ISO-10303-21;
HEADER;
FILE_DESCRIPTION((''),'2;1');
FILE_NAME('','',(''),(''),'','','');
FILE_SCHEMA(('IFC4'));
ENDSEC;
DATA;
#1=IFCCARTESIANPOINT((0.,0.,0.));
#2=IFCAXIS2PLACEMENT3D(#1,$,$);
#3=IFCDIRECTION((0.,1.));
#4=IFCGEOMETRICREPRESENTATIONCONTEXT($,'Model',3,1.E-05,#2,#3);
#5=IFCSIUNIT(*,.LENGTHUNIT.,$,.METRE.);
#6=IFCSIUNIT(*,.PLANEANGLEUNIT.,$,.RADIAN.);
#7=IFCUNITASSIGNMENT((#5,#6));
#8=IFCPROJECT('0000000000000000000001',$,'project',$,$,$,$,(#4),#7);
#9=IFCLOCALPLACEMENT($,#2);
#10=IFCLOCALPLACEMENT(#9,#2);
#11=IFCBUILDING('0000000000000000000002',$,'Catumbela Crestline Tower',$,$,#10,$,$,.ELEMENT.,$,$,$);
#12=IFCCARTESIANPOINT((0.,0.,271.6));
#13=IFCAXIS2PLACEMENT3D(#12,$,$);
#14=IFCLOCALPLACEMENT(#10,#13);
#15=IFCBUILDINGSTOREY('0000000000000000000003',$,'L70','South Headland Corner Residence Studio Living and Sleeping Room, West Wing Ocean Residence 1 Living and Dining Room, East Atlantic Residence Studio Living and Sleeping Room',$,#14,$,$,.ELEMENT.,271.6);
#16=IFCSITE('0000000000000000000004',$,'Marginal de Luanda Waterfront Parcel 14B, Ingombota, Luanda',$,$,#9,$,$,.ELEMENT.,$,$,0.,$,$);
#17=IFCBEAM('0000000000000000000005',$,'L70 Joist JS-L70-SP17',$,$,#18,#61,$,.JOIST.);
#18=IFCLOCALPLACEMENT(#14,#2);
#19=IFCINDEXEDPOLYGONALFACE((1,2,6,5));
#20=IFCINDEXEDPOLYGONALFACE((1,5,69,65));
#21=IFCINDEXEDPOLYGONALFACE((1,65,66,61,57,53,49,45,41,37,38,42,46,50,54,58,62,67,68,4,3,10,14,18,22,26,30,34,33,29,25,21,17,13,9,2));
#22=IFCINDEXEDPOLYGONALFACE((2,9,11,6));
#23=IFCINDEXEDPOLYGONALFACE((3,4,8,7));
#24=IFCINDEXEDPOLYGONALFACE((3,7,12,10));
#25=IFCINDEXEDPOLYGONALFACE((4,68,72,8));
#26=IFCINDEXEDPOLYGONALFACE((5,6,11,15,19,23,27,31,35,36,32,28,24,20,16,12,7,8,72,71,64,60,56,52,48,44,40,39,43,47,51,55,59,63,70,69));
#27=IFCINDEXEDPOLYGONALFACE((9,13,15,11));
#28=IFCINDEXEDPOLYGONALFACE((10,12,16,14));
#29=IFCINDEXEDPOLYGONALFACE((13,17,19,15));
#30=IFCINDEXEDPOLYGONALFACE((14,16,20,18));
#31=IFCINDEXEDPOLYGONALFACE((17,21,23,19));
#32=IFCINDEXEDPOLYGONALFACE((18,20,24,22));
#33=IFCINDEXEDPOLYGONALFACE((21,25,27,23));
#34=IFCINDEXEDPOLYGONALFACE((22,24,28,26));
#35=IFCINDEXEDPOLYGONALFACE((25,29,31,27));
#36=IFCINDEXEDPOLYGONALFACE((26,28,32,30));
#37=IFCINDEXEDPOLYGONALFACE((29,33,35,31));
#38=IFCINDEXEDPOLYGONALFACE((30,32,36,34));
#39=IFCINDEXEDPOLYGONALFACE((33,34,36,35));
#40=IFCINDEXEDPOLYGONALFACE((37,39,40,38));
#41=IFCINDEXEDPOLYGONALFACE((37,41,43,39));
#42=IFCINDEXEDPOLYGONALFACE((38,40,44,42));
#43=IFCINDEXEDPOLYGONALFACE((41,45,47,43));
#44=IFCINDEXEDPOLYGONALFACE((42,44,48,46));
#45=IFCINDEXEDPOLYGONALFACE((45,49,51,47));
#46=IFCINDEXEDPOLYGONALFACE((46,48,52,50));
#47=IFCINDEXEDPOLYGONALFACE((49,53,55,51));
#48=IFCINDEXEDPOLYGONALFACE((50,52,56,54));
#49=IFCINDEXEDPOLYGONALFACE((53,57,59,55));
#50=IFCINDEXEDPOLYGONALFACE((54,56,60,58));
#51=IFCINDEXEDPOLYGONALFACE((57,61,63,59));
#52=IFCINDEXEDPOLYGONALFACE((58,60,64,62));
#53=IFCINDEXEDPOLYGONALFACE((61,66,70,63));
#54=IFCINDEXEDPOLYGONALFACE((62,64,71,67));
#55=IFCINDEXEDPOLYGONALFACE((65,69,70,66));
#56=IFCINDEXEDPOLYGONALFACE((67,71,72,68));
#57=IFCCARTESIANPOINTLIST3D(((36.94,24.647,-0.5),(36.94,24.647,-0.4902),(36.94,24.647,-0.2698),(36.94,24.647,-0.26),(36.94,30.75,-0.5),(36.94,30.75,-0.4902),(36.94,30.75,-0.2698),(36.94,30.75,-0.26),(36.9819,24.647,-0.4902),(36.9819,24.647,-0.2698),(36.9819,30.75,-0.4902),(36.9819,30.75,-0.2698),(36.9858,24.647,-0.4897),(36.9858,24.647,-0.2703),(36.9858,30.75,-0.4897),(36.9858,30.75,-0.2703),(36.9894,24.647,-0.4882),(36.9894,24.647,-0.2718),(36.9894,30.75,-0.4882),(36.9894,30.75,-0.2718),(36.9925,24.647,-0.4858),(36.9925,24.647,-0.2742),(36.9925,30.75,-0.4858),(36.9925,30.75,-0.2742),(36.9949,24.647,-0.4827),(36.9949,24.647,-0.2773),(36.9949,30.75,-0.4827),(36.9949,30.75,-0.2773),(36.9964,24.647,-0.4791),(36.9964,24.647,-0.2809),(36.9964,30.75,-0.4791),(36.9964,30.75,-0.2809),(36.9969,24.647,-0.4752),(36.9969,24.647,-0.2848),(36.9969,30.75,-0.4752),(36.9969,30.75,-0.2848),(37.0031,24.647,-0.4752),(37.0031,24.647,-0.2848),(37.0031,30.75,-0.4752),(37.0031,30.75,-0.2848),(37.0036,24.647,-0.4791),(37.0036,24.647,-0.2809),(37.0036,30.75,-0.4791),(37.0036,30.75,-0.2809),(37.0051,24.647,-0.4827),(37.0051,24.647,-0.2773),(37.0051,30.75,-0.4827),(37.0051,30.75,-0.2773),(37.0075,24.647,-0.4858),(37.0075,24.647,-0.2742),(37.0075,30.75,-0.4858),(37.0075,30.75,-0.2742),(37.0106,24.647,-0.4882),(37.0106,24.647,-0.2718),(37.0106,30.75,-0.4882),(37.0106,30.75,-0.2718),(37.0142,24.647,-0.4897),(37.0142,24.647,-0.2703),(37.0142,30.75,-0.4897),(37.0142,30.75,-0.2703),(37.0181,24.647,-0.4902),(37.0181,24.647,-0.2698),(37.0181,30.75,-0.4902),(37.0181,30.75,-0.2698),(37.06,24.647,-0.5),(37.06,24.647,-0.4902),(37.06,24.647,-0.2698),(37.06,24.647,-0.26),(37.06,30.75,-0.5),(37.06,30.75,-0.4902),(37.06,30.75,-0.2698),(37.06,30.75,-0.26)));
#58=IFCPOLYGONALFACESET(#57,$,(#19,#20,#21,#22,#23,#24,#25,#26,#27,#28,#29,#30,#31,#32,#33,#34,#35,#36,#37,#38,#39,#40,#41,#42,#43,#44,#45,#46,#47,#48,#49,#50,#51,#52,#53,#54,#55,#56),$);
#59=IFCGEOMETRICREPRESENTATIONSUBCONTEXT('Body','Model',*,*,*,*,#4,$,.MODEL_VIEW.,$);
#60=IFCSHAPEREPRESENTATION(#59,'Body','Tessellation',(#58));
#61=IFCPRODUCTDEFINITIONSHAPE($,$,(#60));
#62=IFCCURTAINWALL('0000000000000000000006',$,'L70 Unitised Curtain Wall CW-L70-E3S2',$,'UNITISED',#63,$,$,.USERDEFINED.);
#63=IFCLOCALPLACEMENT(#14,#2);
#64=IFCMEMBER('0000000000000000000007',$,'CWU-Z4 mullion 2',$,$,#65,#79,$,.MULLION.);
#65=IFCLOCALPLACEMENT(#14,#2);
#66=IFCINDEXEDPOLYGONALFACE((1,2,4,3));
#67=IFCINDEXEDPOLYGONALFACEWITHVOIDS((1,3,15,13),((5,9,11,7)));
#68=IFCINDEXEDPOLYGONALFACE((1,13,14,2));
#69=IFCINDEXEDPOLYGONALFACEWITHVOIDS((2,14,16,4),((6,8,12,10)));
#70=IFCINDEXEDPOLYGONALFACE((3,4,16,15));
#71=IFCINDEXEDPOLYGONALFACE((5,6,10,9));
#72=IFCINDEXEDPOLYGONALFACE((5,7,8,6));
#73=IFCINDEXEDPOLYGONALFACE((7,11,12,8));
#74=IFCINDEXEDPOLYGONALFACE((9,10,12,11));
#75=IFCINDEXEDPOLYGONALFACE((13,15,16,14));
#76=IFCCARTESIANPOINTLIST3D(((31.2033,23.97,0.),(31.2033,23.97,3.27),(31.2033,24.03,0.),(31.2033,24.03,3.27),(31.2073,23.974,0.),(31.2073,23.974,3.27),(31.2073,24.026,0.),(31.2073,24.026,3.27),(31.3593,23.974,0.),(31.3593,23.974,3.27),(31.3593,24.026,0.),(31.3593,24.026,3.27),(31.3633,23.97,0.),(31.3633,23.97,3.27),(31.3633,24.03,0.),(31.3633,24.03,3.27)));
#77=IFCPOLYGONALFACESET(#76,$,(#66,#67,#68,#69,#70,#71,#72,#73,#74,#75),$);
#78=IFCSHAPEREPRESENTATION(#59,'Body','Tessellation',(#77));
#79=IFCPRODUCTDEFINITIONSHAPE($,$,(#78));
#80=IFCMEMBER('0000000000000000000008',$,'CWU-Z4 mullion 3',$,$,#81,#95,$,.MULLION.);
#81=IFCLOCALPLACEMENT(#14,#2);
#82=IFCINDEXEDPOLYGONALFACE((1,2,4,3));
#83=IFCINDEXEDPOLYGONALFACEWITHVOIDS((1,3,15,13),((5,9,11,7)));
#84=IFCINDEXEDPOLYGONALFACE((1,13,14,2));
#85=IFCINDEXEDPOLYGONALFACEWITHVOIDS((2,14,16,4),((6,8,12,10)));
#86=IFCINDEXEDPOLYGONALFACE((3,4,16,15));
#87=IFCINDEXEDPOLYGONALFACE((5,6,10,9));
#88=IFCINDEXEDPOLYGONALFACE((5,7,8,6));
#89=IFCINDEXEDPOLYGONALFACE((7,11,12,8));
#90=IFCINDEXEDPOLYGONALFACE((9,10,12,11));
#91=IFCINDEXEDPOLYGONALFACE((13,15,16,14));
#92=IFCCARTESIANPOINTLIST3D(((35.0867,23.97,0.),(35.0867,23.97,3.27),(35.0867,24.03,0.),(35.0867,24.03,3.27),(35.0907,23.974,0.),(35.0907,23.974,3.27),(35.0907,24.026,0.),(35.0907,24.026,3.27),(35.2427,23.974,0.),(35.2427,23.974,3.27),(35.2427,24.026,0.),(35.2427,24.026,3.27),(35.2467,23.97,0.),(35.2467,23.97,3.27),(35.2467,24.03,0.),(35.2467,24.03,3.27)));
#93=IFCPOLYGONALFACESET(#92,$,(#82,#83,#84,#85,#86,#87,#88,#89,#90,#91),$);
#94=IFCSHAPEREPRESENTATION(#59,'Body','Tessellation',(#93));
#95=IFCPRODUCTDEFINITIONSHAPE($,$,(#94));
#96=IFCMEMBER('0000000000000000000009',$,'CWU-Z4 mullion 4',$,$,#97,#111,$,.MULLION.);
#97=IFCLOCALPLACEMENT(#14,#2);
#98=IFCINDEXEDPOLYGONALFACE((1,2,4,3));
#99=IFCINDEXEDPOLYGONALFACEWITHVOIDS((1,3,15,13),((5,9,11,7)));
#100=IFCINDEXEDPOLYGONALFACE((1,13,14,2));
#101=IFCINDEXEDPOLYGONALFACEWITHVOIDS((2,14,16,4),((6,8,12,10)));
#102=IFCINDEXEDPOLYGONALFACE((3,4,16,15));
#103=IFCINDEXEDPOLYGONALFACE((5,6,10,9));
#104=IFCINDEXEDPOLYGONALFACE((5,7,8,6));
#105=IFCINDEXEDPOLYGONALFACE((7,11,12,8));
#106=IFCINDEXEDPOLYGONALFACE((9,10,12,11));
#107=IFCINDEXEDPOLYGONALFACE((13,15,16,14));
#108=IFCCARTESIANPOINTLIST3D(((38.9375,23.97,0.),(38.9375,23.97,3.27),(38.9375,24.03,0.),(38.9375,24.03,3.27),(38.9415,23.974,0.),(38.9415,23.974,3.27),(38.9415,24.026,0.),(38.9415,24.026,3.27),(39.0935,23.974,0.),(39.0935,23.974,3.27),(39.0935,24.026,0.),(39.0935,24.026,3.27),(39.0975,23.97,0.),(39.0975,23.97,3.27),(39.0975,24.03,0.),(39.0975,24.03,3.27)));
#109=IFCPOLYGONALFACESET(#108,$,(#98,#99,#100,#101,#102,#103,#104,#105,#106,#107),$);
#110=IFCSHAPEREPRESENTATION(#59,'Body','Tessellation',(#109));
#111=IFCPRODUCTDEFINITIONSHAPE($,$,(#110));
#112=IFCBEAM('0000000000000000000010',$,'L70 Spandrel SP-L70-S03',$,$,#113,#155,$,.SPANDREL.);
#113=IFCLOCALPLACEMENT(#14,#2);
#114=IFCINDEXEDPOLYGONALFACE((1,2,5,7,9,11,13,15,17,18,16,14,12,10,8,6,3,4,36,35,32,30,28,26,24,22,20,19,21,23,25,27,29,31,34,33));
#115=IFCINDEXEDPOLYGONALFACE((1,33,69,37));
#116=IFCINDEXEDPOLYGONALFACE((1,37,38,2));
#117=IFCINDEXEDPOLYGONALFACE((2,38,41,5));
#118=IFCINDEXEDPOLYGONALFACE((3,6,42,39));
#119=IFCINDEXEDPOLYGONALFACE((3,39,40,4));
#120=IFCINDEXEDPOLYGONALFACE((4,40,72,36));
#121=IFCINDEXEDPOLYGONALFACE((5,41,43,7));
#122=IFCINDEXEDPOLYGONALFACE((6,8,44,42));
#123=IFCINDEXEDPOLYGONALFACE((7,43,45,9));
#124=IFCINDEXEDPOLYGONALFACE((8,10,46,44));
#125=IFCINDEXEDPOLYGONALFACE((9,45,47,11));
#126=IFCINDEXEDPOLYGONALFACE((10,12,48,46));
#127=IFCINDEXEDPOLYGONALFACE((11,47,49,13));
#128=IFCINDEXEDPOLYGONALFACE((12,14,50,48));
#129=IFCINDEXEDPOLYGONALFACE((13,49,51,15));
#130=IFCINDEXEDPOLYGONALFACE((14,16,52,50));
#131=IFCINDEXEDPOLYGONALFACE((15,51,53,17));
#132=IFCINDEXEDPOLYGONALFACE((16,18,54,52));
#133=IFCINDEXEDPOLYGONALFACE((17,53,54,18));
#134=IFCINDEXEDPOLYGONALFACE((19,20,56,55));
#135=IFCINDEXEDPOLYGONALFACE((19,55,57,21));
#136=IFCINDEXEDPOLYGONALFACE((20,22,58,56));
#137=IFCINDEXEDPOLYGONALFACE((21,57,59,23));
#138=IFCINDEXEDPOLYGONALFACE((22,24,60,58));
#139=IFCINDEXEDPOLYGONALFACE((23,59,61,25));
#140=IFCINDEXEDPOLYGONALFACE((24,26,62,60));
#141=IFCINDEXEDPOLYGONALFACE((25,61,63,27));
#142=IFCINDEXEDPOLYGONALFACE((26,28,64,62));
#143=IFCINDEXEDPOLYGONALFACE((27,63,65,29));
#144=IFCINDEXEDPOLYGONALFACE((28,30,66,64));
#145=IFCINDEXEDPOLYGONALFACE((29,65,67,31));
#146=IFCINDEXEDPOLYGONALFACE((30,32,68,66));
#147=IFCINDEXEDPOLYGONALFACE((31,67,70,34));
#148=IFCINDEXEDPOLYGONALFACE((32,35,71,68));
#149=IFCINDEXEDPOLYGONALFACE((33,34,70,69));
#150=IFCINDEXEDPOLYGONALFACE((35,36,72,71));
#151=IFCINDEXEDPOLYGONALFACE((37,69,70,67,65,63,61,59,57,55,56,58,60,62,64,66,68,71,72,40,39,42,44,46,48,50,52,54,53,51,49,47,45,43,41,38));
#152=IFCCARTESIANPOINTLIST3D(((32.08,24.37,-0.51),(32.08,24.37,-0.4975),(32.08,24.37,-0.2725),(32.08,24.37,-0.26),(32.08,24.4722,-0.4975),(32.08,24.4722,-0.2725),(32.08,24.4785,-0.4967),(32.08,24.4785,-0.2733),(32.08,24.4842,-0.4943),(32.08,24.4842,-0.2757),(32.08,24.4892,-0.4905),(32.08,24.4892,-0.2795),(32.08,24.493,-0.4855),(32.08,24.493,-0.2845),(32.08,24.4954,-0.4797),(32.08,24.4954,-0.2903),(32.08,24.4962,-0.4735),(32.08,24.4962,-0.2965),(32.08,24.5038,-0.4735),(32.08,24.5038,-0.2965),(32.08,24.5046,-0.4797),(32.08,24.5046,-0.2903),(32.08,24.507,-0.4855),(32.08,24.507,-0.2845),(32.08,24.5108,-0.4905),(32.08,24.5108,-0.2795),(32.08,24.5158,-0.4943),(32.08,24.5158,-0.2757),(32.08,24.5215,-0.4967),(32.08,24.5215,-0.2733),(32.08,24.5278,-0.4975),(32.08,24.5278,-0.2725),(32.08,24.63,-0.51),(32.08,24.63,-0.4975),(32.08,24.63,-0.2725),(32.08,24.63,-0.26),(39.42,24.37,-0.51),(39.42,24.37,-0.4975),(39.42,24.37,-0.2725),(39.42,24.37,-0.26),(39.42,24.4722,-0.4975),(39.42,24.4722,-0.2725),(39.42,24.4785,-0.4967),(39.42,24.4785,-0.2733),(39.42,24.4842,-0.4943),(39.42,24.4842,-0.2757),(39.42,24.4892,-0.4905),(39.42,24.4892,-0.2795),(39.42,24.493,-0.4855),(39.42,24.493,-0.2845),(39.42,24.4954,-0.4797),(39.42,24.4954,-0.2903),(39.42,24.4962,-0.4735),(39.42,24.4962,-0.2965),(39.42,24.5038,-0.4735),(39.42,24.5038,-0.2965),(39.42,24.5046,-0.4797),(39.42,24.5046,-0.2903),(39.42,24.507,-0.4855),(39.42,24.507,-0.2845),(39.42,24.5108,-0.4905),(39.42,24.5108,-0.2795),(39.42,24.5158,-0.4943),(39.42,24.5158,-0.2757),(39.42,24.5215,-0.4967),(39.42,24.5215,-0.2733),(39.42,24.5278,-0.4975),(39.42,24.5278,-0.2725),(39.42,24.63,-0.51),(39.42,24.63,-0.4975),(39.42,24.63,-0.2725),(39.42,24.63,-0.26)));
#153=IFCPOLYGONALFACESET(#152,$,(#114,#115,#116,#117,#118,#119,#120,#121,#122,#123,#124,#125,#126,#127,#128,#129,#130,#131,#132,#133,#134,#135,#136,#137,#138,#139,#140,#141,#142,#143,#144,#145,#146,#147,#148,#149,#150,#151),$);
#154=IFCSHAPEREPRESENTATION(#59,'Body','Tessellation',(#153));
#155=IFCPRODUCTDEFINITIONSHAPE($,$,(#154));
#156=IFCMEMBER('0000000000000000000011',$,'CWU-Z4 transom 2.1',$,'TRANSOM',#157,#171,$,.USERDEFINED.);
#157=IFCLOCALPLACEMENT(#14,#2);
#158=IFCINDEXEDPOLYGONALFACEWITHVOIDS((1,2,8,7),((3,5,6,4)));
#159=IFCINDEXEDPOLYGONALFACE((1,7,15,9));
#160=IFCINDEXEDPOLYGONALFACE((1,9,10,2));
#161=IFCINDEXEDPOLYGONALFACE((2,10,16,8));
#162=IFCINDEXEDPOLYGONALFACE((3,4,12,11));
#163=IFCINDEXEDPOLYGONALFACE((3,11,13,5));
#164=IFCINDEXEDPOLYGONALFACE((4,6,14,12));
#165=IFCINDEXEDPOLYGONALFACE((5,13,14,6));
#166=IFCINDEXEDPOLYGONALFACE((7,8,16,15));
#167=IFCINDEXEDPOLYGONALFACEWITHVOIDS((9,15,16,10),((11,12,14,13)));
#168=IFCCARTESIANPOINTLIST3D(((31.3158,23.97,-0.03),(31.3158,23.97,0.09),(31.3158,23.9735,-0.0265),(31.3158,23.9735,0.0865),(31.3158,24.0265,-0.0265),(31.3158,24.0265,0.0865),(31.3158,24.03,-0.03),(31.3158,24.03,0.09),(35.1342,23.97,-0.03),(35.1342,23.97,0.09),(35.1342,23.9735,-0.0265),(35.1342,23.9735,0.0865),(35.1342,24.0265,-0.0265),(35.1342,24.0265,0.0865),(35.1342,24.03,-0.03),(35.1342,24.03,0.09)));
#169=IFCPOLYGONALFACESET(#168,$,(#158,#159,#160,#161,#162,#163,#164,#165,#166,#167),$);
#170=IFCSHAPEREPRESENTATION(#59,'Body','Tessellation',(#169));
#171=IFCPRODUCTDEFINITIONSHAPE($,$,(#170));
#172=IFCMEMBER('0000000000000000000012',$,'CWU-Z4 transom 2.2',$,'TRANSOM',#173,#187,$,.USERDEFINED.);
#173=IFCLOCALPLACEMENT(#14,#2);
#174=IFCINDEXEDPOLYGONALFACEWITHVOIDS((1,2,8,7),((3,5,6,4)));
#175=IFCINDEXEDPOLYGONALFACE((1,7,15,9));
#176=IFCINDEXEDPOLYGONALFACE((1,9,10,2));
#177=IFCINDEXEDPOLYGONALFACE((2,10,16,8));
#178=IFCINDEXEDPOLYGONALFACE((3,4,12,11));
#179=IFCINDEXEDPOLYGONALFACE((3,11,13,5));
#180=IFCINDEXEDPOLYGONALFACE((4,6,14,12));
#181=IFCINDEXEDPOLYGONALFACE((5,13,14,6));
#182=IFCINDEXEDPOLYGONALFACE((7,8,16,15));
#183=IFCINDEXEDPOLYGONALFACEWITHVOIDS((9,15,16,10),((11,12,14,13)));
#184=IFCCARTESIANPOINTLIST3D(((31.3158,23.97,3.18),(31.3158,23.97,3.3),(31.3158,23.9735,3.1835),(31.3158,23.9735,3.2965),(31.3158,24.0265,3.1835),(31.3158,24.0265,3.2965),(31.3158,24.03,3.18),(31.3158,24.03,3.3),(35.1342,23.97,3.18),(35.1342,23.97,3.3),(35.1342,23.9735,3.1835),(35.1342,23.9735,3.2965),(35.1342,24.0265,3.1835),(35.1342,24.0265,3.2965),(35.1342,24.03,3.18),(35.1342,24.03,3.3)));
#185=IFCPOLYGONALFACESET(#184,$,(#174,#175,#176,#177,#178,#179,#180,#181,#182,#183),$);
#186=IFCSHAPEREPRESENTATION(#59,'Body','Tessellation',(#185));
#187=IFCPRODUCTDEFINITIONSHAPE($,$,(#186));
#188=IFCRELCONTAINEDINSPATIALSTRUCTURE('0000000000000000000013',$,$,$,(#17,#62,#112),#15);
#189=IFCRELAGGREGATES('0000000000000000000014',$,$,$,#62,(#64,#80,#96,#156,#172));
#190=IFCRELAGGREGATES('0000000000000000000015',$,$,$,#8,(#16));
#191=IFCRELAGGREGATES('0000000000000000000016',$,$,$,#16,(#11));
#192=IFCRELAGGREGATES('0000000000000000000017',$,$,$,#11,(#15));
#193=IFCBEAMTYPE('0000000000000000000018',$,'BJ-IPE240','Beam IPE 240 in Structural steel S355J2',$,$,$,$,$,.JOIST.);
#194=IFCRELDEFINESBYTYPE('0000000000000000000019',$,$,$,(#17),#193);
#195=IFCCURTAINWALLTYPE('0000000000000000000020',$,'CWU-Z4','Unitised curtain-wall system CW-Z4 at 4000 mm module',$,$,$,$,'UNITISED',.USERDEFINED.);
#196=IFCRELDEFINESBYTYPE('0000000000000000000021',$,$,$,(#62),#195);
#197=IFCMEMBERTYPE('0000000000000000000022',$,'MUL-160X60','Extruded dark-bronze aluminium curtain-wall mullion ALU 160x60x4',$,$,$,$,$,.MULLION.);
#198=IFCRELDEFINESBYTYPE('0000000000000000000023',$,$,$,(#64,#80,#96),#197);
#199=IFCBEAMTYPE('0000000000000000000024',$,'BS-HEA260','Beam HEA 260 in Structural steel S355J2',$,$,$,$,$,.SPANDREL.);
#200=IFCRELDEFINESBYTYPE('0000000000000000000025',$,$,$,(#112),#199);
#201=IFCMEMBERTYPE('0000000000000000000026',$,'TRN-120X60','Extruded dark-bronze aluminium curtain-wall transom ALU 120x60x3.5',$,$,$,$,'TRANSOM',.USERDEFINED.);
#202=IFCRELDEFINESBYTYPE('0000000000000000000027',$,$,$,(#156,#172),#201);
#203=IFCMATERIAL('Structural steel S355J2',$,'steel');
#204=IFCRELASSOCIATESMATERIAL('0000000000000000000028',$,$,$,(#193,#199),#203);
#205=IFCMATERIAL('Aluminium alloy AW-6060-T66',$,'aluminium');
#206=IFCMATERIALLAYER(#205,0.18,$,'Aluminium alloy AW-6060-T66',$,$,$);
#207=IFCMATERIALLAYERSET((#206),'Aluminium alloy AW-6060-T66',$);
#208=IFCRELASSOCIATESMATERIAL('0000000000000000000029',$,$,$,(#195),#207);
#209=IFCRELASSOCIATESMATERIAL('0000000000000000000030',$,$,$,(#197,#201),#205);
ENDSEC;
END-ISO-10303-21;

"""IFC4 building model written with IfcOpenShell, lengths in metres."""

from ifc_helpers import new_model, si_unit, direction, frame, origin, origin_2d, place, context, subcontext, project, spatial, hollow_rectangle, i_section, extrude, material, layer, layer_set, material_profile, profile_set, type_object, element, aggregate, save


model = new_model("IFC4")

# Units and contexts
model_context = context("Model", 3, precision=1e-05, world=origin(), true_north=direction((0.0, 1.0)))
body_context = subcontext(model_context, "Body", "Model", "MODEL_VIEW")
ifc_project = project(units=[si_unit("LENGTHUNIT", "METRE"), si_unit("PLANEANGLEUNIT", "RADIAN")], contexts=[model_context])

# Site, building, storey
site_placement = place(None, origin())
site = spatial("IfcSite", under=ifc_project, at=site_placement, Name="Marginal de Luanda Waterfront Parcel 14B, Ingombota, Luanda", CompositionType="ELEMENT", RefElevation=0.0)
building_placement = place(site_placement, origin())
building = spatial("IfcBuilding", under=site, at=building_placement, Name="Catumbela Crestline Tower", CompositionType="ELEMENT")
storey_placement = place(building_placement, frame((0.0, 0.0, 271.6)))
storey = spatial("IfcBuildingStorey", under=building, at=storey_placement, Name="L70", Description="South Headland Corner Residence Studio Living and Sleeping Room, West Wing Ocean Residence 1 Living and Dining Room, East Atlantic Residence Studio Living and Sleeping Room", CompositionType="ELEMENT", Elevation=271.6)

# Beam
ifc_material_1 = material(Name="Structural steel S355J2", Category="steel")
ifc_material_profile_1 = material_profile(ifc_material_1, i_section(OverallWidth=0.12, OverallDepth=0.24, WebThickness=0.0062, FlangeThickness=0.0098, FilletRadius=0.015, at=origin_2d()), Name="IPE 240")
ifc_profile_set_1 = profile_set([ifc_material_profile_1], Name="Structural steel S355J2")
beam_type_1 = type_object("IfcBeamType", Name="BJ-IPE240", Description="Beam IPE 240 in Structural steel S355J2", PredefinedType="JOIST", material=ifc_profile_set_1)
for number, where, z_axis, x_axis, name in (
    (1, (37.0, 24.647, -0.38), (0.0, 1.0, 0.0), (-1.0, 0.0, 0.0), "L70 Joist JS-L70-SP17"),
):
    element("IfcBeam", number, at=place(storey_placement, frame(where, z_axis=z_axis, x_axis=x_axis)), inside=storey, type_object=beam_type_1, Name=name, PredefinedType="JOIST", context=body_context, shape_type="SweptSolid", body=[
        extrude(i_section(OverallWidth=0.12, OverallDepth=0.24, WebThickness=0.0062, FlangeThickness=0.0098, FilletRadius=0.015, at=origin_2d()), origin(), (0.0, 0.0, 1.0), 6.103),
    ])

# Curtain wall, members
ifc_material_2 = material(Name="Aluminium alloy AW-6060-T66", Category="aluminium")
ifc_layer_1 = layer(ifc_material_2, 0.18, Name="Aluminium alloy AW-6060-T66")
ifc_layer_set_1 = layer_set([ifc_layer_1], Name="Aluminium alloy AW-6060-T66")
curtain_wall_type = type_object("IfcCurtainWallType", Name="CWU-Z4", Description="Unitised curtain-wall system CW-Z4 at 4000 mm module", ElementType="UNITISED", PredefinedType="USERDEFINED", material=ifc_layer_set_1)
curtain_wall_placement = place(storey_placement, origin())
curtain_wall = element("IfcCurtainWall", 2, at=curtain_wall_placement, inside=storey, type_object=curtain_wall_type, Name="L70 Unitised Curtain Wall CW-L70-E3S2", ObjectType="UNITISED", PredefinedType="USERDEFINED")
ifc_material_profile_2 = material_profile(ifc_material_2, hollow_rectangle(XDim=0.06, YDim=0.16, WallThickness=0.004, at=origin_2d()), Name="ALU 160x60x4")
ifc_profile_set_2 = profile_set([ifc_material_profile_2], Name="Aluminium alloy AW-6060-T66")
member_type_1 = type_object("IfcMemberType", Name="MUL-160X60", Description="Extruded dark-bronze aluminium curtain-wall mullion ALU 160x60x4", PredefinedType="MULLION", material=ifc_profile_set_2)
member_1_placement = place(storey_placement, frame((31.2833, 24.0, 0.0), z_axis=(0.0, 0.0, 1.0), x_axis=(0.0, 1.0, 0.0)))
member_1 = element("IfcMember", 3, at=member_1_placement, type_object=member_type_1, Name="CWU-Z4 mullion 2", PredefinedType="MULLION", context=body_context, shape_type="SweptSolid", body=[
    extrude(hollow_rectangle(XDim=0.06, YDim=0.16, WallThickness=0.004, at=origin_2d()), origin(), (0.0, 0.0, 1.0), 3.27),
])
member_2_placement = place(storey_placement, frame((35.1667, 24.0, 0.0), z_axis=(0.0, 0.0, 1.0), x_axis=(0.0, 1.0, 0.0)))
member_2 = element("IfcMember", 4, at=member_2_placement, type_object=member_type_1, Name="CWU-Z4 mullion 3", PredefinedType="MULLION", context=body_context, shape_type="SweptSolid", body=[
    extrude(hollow_rectangle(XDim=0.06, YDim=0.16, WallThickness=0.004, at=origin_2d()), origin(), (0.0, 0.0, 1.0), 3.27),
])
member_3_placement = place(storey_placement, frame((39.0175, 24.0, 0.0), z_axis=(0.0, 0.0, 1.0), x_axis=(0.0, 1.0, 0.0)))
member_3 = element("IfcMember", 5, at=member_3_placement, type_object=member_type_1, Name="CWU-Z4 mullion 4", PredefinedType="MULLION", context=body_context, shape_type="SweptSolid", body=[
    extrude(hollow_rectangle(XDim=0.06, YDim=0.16, WallThickness=0.004, at=origin_2d()), origin(), (0.0, 0.0, 1.0), 3.27),
])

# Beam
ifc_material_profile_3 = material_profile(ifc_material_1, i_section(OverallWidth=0.26, OverallDepth=0.25, WebThickness=0.0075, FlangeThickness=0.0125, FilletRadius=0.024, at=origin_2d()), Name="HEA 260")
ifc_profile_set_3 = profile_set([ifc_material_profile_3], Name="Structural steel S355J2")
beam_type_2 = type_object("IfcBeamType", Name="BS-HEA260", Description="Beam HEA 260 in Structural steel S355J2", PredefinedType="SPANDREL", material=ifc_profile_set_3)
beam_placement = place(storey_placement, frame((32.08, 24.5, -0.385), z_axis=(1.0, 0.0, 0.0), x_axis=(0.0, 1.0, 0.0)))
element("IfcBeam", 6, at=beam_placement, inside=storey, type_object=beam_type_2, Name="L70 Spandrel SP-L70-S03", PredefinedType="SPANDREL", context=body_context, shape_type="SweptSolid", body=[
    extrude(i_section(OverallWidth=0.26, OverallDepth=0.25, WebThickness=0.0075, FlangeThickness=0.0125, FilletRadius=0.024, at=origin_2d()), origin(), (0.0, 0.0, 1.0), 7.34),
])

# Members
ifc_material_profile_4 = material_profile(ifc_material_2, hollow_rectangle(XDim=0.06, YDim=0.12, WallThickness=0.0035, at=origin_2d()), Name="ALU 120x60x3.5")
ifc_profile_set_4 = profile_set([ifc_material_profile_4], Name="Aluminium alloy AW-6060-T66")
member_type_2 = type_object("IfcMemberType", Name="TRN-120X60", Description="Extruded dark-bronze aluminium curtain-wall transom ALU 120x60x3.5", ElementType="TRANSOM", PredefinedType="USERDEFINED", material=ifc_profile_set_4)
member_4_placement = place(storey_placement, frame((31.3158, 24.0, 0.03), z_axis=(1.0, 0.0, 0.0), x_axis=(0.0, 1.0, 0.0)))
member_4 = element("IfcMember", 7, at=member_4_placement, type_object=member_type_2, Name="CWU-Z4 transom 2.1", ObjectType="TRANSOM", PredefinedType="USERDEFINED", context=body_context, shape_type="SweptSolid", body=[
    extrude(hollow_rectangle(XDim=0.06, YDim=0.12, WallThickness=0.0035, at=origin_2d()), origin(), (0.0, 0.0, 1.0), 3.8184),
])
member_5_placement = place(storey_placement, frame((31.3158, 24.0, 3.24), z_axis=(1.0, 0.0, 0.0), x_axis=(0.0, 1.0, 0.0)))
member_5 = element("IfcMember", 8, at=member_5_placement, type_object=member_type_2, Name="CWU-Z4 transom 2.2", ObjectType="TRANSOM", PredefinedType="USERDEFINED", context=body_context, shape_type="SweptSolid", body=[
    extrude(hollow_rectangle(XDim=0.06, YDim=0.12, WallThickness=0.0035, at=origin_2d()), origin(), (0.0, 0.0, 1.0), 3.8184),
])

aggregate(curtain_wall, [member_1, member_2, member_3, member_4, member_5])

save(model, "model.ifc")
